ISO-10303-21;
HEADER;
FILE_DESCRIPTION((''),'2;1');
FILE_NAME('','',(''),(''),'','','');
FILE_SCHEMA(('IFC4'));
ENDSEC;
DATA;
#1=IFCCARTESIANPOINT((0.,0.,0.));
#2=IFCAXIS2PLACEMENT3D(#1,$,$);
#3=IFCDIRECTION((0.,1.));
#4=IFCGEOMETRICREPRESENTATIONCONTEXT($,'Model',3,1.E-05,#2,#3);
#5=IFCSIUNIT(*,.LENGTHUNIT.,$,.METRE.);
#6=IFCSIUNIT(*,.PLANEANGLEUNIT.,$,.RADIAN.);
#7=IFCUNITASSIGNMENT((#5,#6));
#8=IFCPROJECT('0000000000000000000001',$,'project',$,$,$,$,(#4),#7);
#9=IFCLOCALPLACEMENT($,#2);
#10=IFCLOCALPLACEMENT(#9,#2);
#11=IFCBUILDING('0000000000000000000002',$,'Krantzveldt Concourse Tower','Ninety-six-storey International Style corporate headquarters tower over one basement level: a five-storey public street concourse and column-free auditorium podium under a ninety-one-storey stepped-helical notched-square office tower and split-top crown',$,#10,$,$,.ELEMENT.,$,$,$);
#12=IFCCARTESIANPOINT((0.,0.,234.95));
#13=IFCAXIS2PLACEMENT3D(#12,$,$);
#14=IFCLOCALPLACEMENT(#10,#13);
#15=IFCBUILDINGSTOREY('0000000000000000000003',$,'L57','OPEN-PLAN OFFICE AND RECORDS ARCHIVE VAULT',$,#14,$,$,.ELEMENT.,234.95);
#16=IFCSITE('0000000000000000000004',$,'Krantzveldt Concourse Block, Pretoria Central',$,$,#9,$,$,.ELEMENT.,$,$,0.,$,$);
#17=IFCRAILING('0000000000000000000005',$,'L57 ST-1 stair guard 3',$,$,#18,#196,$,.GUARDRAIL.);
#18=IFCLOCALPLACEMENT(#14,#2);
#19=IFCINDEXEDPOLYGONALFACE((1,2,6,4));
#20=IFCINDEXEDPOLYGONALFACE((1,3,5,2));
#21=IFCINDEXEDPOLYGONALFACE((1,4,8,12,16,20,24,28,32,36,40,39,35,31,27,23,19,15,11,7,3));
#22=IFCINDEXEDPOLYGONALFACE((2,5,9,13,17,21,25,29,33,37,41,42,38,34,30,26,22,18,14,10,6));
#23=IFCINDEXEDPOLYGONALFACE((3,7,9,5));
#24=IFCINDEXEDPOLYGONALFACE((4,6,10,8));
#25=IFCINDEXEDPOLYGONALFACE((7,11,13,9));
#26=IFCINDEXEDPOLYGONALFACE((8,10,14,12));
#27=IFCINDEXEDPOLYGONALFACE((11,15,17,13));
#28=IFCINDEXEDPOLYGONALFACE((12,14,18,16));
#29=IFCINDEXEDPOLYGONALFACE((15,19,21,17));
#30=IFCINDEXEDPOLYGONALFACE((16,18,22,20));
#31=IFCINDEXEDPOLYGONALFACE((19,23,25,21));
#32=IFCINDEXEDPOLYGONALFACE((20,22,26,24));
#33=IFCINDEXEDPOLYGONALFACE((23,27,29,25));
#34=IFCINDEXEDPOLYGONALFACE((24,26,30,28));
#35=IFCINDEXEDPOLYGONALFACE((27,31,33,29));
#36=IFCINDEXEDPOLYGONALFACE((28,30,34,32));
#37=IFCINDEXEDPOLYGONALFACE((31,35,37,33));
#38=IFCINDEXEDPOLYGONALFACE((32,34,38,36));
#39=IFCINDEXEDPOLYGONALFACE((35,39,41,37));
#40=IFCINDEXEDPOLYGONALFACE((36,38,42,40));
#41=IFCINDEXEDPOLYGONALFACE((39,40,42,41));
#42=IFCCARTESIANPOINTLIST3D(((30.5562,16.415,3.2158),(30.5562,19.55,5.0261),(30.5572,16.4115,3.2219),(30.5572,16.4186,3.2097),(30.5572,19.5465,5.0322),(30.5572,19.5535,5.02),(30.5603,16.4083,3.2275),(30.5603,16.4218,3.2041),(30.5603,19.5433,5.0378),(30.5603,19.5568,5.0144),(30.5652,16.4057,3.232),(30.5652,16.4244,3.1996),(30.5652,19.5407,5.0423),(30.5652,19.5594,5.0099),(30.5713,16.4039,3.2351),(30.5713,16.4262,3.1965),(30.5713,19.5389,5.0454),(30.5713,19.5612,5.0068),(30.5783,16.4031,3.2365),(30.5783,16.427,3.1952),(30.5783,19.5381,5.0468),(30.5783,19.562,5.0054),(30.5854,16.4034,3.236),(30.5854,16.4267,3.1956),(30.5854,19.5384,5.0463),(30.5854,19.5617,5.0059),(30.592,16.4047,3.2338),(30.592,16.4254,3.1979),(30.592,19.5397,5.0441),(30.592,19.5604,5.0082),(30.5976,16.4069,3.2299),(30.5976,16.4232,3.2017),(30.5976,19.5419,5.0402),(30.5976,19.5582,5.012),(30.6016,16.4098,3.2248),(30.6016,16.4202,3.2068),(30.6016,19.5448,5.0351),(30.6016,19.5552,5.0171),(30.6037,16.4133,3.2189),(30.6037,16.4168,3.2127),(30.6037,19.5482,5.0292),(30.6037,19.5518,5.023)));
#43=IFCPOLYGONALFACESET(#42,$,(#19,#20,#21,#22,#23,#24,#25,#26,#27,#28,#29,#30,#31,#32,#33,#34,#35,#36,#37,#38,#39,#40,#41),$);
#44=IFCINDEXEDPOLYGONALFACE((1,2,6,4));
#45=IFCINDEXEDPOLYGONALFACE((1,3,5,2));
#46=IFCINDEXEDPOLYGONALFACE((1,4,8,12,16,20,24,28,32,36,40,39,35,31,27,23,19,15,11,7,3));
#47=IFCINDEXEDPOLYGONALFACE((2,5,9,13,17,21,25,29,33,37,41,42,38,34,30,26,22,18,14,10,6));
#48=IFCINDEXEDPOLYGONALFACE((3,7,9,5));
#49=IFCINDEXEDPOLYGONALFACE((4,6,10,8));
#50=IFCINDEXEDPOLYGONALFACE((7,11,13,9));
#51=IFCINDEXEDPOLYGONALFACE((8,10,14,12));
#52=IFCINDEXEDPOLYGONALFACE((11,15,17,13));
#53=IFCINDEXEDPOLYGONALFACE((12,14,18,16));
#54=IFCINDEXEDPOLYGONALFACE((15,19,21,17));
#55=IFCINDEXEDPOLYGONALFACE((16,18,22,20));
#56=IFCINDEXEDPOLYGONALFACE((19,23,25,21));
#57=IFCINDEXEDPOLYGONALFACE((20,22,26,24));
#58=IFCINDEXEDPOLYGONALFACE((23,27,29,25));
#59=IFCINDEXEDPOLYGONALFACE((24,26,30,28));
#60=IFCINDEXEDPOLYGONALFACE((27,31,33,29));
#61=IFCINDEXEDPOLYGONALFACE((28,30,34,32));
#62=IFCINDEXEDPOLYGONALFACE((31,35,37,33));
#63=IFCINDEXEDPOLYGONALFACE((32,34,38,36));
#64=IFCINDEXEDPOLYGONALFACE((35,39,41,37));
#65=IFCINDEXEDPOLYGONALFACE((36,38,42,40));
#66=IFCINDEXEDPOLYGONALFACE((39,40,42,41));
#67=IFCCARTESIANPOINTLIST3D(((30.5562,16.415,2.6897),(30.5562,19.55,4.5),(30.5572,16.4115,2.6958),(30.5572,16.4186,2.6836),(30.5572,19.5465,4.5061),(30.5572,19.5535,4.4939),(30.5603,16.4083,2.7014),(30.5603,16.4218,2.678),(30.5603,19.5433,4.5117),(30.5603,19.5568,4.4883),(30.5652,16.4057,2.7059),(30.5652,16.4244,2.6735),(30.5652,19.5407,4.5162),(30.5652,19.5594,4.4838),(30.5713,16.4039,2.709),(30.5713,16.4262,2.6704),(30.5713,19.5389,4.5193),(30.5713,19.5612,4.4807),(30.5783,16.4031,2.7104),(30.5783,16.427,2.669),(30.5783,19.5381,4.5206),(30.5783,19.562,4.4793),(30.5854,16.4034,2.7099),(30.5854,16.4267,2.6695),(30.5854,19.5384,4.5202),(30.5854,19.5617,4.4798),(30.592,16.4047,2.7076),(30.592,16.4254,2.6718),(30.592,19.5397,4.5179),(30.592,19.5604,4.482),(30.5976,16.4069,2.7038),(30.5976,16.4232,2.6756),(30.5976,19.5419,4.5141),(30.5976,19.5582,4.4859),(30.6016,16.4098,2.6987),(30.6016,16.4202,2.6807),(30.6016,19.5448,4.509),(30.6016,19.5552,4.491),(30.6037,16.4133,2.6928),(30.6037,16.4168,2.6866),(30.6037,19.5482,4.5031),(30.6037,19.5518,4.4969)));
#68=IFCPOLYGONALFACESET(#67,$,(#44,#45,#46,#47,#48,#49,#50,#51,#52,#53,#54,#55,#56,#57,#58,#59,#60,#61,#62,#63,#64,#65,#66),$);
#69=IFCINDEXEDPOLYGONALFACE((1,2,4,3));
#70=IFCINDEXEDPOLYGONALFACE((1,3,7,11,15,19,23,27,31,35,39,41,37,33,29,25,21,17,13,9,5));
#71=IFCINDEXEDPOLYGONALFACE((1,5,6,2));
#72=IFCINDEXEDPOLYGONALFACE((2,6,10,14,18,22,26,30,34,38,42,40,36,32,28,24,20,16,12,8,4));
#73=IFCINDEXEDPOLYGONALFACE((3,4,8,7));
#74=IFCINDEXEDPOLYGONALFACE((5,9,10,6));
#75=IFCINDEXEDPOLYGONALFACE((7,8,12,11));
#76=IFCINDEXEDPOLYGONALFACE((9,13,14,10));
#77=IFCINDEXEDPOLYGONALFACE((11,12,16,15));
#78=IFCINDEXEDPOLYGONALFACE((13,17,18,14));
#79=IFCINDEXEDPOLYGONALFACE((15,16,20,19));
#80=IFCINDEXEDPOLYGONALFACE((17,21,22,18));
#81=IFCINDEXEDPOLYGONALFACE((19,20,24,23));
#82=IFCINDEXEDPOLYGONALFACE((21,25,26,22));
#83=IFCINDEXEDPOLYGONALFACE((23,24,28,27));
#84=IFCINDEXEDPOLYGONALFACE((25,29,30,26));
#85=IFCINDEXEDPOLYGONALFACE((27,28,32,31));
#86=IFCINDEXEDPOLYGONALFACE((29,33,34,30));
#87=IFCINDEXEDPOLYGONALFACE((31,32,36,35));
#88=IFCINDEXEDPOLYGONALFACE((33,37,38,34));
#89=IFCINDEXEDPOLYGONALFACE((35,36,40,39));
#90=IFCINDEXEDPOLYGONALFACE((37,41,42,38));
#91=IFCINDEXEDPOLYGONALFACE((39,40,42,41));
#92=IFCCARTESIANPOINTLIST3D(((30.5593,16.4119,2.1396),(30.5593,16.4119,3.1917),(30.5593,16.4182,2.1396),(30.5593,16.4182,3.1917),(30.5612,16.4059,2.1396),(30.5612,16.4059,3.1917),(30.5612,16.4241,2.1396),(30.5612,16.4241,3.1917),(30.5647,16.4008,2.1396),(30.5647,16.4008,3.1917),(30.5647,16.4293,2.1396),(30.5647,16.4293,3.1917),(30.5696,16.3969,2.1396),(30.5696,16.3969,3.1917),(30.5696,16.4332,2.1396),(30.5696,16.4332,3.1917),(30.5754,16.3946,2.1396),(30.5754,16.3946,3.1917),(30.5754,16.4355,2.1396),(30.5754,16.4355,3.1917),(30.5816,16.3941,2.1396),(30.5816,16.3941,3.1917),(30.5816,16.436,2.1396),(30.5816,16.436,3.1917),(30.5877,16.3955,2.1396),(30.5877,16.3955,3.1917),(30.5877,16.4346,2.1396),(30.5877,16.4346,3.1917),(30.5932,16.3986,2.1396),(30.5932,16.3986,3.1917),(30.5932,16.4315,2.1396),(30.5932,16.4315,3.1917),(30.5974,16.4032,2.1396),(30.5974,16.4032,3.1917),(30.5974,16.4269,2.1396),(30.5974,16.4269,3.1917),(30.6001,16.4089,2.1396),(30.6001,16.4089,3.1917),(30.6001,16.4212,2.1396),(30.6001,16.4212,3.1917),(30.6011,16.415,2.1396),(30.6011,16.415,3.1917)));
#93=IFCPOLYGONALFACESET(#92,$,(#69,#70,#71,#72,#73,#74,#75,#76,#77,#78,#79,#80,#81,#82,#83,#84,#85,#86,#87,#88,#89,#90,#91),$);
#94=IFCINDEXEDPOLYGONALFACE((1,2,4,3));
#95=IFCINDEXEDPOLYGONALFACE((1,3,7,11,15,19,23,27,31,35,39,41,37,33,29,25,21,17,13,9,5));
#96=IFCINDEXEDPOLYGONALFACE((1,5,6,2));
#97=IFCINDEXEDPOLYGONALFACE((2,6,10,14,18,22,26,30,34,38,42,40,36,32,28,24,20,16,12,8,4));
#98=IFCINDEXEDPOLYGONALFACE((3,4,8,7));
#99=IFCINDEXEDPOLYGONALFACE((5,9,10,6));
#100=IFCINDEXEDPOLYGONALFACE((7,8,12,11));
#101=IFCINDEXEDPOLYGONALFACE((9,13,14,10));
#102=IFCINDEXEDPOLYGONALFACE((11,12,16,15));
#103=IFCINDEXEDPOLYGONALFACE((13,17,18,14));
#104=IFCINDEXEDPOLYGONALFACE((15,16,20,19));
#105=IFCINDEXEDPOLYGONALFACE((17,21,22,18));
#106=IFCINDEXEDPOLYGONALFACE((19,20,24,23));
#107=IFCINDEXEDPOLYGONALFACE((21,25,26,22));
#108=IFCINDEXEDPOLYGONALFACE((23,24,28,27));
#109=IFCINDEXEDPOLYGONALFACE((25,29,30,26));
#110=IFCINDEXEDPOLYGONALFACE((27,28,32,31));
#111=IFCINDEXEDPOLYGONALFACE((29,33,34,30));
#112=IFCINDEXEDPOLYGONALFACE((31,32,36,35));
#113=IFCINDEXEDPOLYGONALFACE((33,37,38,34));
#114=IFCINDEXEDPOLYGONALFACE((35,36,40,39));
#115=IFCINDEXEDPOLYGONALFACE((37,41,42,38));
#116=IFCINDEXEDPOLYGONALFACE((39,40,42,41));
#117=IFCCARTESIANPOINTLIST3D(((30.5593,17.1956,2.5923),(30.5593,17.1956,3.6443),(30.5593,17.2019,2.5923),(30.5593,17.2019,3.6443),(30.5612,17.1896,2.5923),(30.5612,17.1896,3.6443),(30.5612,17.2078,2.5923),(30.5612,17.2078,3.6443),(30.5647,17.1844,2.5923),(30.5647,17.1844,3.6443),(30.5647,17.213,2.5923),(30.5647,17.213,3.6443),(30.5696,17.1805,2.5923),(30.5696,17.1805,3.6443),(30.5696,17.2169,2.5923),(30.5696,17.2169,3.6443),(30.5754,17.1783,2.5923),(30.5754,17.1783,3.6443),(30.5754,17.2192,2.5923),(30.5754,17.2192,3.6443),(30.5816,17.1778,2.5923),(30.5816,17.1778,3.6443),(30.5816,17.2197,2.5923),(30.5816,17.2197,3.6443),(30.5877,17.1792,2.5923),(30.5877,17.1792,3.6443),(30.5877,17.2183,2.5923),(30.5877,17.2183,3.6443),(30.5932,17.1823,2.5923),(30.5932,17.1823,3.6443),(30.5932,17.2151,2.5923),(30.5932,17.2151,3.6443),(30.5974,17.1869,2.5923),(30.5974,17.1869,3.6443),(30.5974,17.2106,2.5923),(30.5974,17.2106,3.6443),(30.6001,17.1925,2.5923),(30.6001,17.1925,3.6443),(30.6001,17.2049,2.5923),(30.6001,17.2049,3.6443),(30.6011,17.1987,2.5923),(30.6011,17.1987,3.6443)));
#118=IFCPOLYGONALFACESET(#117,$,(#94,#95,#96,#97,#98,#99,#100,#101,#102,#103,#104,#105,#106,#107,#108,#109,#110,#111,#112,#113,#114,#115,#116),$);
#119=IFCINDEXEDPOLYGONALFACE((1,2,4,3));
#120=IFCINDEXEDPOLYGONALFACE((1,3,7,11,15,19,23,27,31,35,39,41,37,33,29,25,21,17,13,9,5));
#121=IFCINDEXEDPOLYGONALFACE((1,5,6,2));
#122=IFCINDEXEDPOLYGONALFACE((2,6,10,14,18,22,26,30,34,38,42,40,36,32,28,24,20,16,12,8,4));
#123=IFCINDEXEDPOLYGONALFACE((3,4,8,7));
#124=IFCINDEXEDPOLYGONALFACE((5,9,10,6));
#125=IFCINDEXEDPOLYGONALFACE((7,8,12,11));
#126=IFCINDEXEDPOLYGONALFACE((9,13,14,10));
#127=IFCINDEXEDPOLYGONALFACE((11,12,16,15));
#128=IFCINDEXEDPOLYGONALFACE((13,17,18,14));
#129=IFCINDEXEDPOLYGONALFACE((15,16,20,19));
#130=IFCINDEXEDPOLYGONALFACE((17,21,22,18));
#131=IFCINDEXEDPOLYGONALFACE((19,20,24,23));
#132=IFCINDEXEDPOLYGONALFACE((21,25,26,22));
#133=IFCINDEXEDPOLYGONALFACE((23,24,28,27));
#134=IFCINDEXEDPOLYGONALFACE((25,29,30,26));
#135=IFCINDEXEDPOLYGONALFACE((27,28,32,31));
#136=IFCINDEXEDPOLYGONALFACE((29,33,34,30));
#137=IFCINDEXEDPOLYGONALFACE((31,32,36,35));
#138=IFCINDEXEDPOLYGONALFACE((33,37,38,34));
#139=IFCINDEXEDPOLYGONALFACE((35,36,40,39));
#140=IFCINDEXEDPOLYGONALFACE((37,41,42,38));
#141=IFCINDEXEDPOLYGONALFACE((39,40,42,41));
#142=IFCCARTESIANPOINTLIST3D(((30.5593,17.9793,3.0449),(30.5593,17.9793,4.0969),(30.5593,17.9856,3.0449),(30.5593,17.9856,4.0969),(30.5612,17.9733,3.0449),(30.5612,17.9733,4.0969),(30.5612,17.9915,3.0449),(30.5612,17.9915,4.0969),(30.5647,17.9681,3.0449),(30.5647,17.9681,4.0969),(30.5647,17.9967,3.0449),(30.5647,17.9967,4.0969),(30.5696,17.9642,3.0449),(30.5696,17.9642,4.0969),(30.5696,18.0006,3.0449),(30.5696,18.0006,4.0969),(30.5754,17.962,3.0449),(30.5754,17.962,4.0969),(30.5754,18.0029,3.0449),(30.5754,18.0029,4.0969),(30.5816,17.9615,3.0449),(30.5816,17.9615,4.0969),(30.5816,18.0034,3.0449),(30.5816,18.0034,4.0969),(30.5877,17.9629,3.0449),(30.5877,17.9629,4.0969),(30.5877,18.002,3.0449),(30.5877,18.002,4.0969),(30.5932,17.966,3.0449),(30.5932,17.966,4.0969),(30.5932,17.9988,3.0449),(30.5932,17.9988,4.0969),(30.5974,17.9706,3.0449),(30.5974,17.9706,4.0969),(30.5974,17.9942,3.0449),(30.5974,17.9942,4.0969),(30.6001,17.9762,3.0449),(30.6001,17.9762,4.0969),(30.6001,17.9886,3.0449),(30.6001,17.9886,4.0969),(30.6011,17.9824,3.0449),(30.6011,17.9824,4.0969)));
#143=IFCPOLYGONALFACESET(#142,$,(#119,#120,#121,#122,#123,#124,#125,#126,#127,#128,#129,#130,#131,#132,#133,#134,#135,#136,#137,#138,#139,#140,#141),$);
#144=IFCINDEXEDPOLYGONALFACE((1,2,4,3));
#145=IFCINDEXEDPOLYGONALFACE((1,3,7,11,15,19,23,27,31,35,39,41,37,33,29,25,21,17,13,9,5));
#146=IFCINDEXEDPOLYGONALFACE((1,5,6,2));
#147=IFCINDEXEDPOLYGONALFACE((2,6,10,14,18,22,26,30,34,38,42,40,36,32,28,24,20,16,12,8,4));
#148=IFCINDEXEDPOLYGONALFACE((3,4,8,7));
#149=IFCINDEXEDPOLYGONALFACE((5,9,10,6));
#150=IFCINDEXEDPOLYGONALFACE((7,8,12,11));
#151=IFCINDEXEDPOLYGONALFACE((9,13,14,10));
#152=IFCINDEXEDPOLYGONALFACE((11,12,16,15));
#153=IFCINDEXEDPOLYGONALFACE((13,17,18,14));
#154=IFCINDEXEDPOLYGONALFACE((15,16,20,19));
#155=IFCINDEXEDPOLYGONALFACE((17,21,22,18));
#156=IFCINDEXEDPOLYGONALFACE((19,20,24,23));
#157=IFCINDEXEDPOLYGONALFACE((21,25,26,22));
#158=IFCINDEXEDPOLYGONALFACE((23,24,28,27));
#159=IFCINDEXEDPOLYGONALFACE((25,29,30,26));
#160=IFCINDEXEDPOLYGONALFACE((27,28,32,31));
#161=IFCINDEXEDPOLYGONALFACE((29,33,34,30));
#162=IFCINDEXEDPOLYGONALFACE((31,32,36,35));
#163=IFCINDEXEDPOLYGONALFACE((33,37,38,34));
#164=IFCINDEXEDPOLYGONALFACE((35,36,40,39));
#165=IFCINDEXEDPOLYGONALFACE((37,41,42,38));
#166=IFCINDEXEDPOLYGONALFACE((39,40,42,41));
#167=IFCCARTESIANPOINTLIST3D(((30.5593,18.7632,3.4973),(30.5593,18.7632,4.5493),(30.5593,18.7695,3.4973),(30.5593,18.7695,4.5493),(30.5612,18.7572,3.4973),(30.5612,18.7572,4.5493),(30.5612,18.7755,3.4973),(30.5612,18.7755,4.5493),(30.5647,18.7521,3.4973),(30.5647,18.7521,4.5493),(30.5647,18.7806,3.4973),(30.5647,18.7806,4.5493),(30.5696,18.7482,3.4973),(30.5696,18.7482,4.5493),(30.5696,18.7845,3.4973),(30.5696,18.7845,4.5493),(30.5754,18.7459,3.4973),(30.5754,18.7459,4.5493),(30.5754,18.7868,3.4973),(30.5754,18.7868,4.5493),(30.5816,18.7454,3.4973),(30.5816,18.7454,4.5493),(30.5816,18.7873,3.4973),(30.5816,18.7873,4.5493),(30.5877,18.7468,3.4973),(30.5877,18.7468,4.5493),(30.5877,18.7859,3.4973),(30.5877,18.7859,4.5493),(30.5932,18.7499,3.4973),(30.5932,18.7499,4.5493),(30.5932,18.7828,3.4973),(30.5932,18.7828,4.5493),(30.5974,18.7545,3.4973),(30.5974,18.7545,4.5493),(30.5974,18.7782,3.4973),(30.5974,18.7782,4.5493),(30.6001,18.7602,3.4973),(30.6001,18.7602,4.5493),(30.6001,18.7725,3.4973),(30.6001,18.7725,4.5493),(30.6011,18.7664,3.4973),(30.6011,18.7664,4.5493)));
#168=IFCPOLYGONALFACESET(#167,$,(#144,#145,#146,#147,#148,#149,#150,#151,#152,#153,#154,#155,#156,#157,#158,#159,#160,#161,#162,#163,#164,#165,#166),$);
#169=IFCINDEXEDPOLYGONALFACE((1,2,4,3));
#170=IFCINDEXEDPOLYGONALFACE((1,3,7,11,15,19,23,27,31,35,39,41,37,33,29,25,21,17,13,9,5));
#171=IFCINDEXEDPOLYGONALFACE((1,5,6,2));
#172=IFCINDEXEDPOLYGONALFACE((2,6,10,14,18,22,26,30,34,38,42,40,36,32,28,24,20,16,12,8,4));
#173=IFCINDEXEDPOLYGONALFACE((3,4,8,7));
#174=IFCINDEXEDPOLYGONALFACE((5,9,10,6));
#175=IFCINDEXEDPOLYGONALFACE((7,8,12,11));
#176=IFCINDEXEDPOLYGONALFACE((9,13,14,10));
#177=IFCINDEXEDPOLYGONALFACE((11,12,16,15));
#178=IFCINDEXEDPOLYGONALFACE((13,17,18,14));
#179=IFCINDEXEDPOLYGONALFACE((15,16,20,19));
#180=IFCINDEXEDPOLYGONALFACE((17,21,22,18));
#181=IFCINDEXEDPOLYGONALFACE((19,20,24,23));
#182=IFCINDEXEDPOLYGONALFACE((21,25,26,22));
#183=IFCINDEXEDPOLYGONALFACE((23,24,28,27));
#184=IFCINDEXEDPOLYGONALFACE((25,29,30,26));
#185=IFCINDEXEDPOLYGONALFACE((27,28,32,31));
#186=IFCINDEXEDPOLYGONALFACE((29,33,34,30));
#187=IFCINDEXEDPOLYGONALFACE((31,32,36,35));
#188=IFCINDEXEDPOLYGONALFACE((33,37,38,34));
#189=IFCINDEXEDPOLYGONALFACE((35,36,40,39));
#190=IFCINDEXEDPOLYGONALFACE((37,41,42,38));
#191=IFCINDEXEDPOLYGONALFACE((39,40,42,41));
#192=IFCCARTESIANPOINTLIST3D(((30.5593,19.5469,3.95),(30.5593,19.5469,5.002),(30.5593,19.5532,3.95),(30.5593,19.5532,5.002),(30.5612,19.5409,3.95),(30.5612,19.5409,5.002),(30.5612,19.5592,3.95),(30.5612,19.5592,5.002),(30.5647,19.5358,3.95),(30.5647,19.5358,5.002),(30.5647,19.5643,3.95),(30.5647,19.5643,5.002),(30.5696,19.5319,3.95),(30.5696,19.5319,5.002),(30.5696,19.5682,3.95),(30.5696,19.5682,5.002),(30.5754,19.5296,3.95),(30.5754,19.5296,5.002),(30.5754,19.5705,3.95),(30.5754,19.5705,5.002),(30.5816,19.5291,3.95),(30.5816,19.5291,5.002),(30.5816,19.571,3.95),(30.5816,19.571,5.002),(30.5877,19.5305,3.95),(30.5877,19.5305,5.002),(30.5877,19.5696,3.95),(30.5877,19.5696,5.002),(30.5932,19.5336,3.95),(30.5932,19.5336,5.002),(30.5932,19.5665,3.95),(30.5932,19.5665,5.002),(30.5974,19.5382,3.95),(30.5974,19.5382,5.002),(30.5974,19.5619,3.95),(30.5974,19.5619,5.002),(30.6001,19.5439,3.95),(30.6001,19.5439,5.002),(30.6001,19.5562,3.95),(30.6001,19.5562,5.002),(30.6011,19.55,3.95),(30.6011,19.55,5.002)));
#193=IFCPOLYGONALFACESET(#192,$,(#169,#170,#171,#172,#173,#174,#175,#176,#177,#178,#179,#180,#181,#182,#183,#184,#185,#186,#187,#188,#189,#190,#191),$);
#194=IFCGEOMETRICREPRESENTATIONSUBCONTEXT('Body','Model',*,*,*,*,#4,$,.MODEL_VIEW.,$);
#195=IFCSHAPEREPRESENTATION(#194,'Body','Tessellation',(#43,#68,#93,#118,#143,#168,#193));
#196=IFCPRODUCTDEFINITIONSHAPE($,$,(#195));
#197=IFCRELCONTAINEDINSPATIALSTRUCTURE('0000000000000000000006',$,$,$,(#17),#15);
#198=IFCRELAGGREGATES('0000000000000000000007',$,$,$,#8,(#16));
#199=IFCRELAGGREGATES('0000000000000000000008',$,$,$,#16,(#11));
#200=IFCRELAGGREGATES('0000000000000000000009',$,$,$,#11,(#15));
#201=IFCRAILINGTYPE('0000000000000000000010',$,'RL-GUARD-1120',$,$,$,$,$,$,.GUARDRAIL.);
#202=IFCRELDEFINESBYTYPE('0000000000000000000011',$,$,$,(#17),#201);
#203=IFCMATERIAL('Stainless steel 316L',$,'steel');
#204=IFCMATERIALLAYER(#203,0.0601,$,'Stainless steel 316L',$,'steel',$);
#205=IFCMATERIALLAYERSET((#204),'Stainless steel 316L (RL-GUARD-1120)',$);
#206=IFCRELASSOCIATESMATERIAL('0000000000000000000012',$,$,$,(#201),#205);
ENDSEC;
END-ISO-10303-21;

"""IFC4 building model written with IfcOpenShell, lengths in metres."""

from ifc_helpers import new_model, si_unit, direction, frame, origin, origin_2d, place, context, subcontext, project, spatial, circle, extrude, material, layer, layer_set, type_object, element, save


model = new_model("IFC4")

# Units and contexts
model_context = context("Model", 3, precision=1e-05, world=origin(), true_north=direction((0.0, 1.0)))
body_context = subcontext(model_context, "Body", "Model", "MODEL_VIEW")
ifc_project = project(units=[si_unit("LENGTHUNIT", "METRE"), si_unit("PLANEANGLEUNIT", "RADIAN")], contexts=[model_context])

# Site, building, storey
site_placement = place(None, origin())
site = spatial("IfcSite", under=ifc_project, at=site_placement, Name="Krantzveldt Concourse Block, Pretoria Central", CompositionType="ELEMENT", RefElevation=0.0)
building_placement = place(site_placement, origin())
building = spatial("IfcBuilding", under=site, at=building_placement, Name="Krantzveldt Concourse Tower", Description="Ninety-six-storey International Style corporate headquarters tower over one basement level: a five-storey public street concourse and column-free auditorium podium under a ninety-one-storey stepped-helical notched-square office tower and split-top crown", CompositionType="ELEMENT")
storey_placement = place(building_placement, frame((0.0, 0.0, 234.95)))
storey = spatial("IfcBuildingStorey", under=building, at=storey_placement, Name="L57", Description="OPEN-PLAN OFFICE AND RECORDS ARCHIVE VAULT", CompositionType="ELEMENT", Elevation=234.95)

# Shared definitions
ifc_material_1 = material(Name="Stainless steel 316L", Category="steel")

# Railing
ifc_layer_1 = layer(ifc_material_1, 0.0601, Name="Stainless steel 316L", Category="steel")
ifc_layer_set_1 = layer_set([ifc_layer_1], Name="Stainless steel 316L (RL-GUARD-1120)")
railing_type_1 = type_object("IfcRailingType", Name="RL-GUARD-1120", PredefinedType="GUARDRAIL", material=ifc_layer_set_1)
railing_1_placement = place(storey_placement, frame((30.5801, 16.415, 2.1396)))
element("IfcRailing", 1, at=railing_1_placement, inside=storey, type_object=railing_type_1, Name="L57 ST-1 stair guard 3", PredefinedType="GUARDRAIL", context=body_context, shape_type="SweptSolid", body=[
    extrude(circle(Radius=0.0239, at=origin_2d()), frame((0.0, 0.0, 1.0762), z_axis=(0.0, 0.865989, 0.500063), x_axis=(-1.0, 0.0, 0.0)), (0.0, 0.0, 1.0), 3.6201),
    extrude(circle(Radius=0.0239, at=origin_2d()), frame((0.0, 0.0, 0.55), z_axis=(0.0, 0.865989, 0.500063), x_axis=(-1.0, 0.0, 0.0)), (0.0, 0.0, 1.0), 3.6201),
    extrude(circle(Radius=0.021, at=origin_2d()), origin(), (0.0, 0.0, 1.0), 1.052),
    extrude(circle(Radius=0.021, at=origin_2d()), frame((0.0, 0.7837, 0.4526)), (0.0, 0.0, 1.0), 1.052),
    extrude(circle(Radius=0.021, at=origin_2d()), frame((0.0, 1.5674, 0.9053)), (0.0, 0.0, 1.0), 1.052),
    extrude(circle(Radius=0.021, at=origin_2d()), frame((0.0, 2.3513, 1.3577)), (0.0, 0.0, 1.0), 1.052),
    extrude(circle(Radius=0.021, at=origin_2d()), frame((0.0, 3.135, 1.8103)), (0.0, 0.0, 1.0), 1.052),
])

save(model, "model.ifc")
